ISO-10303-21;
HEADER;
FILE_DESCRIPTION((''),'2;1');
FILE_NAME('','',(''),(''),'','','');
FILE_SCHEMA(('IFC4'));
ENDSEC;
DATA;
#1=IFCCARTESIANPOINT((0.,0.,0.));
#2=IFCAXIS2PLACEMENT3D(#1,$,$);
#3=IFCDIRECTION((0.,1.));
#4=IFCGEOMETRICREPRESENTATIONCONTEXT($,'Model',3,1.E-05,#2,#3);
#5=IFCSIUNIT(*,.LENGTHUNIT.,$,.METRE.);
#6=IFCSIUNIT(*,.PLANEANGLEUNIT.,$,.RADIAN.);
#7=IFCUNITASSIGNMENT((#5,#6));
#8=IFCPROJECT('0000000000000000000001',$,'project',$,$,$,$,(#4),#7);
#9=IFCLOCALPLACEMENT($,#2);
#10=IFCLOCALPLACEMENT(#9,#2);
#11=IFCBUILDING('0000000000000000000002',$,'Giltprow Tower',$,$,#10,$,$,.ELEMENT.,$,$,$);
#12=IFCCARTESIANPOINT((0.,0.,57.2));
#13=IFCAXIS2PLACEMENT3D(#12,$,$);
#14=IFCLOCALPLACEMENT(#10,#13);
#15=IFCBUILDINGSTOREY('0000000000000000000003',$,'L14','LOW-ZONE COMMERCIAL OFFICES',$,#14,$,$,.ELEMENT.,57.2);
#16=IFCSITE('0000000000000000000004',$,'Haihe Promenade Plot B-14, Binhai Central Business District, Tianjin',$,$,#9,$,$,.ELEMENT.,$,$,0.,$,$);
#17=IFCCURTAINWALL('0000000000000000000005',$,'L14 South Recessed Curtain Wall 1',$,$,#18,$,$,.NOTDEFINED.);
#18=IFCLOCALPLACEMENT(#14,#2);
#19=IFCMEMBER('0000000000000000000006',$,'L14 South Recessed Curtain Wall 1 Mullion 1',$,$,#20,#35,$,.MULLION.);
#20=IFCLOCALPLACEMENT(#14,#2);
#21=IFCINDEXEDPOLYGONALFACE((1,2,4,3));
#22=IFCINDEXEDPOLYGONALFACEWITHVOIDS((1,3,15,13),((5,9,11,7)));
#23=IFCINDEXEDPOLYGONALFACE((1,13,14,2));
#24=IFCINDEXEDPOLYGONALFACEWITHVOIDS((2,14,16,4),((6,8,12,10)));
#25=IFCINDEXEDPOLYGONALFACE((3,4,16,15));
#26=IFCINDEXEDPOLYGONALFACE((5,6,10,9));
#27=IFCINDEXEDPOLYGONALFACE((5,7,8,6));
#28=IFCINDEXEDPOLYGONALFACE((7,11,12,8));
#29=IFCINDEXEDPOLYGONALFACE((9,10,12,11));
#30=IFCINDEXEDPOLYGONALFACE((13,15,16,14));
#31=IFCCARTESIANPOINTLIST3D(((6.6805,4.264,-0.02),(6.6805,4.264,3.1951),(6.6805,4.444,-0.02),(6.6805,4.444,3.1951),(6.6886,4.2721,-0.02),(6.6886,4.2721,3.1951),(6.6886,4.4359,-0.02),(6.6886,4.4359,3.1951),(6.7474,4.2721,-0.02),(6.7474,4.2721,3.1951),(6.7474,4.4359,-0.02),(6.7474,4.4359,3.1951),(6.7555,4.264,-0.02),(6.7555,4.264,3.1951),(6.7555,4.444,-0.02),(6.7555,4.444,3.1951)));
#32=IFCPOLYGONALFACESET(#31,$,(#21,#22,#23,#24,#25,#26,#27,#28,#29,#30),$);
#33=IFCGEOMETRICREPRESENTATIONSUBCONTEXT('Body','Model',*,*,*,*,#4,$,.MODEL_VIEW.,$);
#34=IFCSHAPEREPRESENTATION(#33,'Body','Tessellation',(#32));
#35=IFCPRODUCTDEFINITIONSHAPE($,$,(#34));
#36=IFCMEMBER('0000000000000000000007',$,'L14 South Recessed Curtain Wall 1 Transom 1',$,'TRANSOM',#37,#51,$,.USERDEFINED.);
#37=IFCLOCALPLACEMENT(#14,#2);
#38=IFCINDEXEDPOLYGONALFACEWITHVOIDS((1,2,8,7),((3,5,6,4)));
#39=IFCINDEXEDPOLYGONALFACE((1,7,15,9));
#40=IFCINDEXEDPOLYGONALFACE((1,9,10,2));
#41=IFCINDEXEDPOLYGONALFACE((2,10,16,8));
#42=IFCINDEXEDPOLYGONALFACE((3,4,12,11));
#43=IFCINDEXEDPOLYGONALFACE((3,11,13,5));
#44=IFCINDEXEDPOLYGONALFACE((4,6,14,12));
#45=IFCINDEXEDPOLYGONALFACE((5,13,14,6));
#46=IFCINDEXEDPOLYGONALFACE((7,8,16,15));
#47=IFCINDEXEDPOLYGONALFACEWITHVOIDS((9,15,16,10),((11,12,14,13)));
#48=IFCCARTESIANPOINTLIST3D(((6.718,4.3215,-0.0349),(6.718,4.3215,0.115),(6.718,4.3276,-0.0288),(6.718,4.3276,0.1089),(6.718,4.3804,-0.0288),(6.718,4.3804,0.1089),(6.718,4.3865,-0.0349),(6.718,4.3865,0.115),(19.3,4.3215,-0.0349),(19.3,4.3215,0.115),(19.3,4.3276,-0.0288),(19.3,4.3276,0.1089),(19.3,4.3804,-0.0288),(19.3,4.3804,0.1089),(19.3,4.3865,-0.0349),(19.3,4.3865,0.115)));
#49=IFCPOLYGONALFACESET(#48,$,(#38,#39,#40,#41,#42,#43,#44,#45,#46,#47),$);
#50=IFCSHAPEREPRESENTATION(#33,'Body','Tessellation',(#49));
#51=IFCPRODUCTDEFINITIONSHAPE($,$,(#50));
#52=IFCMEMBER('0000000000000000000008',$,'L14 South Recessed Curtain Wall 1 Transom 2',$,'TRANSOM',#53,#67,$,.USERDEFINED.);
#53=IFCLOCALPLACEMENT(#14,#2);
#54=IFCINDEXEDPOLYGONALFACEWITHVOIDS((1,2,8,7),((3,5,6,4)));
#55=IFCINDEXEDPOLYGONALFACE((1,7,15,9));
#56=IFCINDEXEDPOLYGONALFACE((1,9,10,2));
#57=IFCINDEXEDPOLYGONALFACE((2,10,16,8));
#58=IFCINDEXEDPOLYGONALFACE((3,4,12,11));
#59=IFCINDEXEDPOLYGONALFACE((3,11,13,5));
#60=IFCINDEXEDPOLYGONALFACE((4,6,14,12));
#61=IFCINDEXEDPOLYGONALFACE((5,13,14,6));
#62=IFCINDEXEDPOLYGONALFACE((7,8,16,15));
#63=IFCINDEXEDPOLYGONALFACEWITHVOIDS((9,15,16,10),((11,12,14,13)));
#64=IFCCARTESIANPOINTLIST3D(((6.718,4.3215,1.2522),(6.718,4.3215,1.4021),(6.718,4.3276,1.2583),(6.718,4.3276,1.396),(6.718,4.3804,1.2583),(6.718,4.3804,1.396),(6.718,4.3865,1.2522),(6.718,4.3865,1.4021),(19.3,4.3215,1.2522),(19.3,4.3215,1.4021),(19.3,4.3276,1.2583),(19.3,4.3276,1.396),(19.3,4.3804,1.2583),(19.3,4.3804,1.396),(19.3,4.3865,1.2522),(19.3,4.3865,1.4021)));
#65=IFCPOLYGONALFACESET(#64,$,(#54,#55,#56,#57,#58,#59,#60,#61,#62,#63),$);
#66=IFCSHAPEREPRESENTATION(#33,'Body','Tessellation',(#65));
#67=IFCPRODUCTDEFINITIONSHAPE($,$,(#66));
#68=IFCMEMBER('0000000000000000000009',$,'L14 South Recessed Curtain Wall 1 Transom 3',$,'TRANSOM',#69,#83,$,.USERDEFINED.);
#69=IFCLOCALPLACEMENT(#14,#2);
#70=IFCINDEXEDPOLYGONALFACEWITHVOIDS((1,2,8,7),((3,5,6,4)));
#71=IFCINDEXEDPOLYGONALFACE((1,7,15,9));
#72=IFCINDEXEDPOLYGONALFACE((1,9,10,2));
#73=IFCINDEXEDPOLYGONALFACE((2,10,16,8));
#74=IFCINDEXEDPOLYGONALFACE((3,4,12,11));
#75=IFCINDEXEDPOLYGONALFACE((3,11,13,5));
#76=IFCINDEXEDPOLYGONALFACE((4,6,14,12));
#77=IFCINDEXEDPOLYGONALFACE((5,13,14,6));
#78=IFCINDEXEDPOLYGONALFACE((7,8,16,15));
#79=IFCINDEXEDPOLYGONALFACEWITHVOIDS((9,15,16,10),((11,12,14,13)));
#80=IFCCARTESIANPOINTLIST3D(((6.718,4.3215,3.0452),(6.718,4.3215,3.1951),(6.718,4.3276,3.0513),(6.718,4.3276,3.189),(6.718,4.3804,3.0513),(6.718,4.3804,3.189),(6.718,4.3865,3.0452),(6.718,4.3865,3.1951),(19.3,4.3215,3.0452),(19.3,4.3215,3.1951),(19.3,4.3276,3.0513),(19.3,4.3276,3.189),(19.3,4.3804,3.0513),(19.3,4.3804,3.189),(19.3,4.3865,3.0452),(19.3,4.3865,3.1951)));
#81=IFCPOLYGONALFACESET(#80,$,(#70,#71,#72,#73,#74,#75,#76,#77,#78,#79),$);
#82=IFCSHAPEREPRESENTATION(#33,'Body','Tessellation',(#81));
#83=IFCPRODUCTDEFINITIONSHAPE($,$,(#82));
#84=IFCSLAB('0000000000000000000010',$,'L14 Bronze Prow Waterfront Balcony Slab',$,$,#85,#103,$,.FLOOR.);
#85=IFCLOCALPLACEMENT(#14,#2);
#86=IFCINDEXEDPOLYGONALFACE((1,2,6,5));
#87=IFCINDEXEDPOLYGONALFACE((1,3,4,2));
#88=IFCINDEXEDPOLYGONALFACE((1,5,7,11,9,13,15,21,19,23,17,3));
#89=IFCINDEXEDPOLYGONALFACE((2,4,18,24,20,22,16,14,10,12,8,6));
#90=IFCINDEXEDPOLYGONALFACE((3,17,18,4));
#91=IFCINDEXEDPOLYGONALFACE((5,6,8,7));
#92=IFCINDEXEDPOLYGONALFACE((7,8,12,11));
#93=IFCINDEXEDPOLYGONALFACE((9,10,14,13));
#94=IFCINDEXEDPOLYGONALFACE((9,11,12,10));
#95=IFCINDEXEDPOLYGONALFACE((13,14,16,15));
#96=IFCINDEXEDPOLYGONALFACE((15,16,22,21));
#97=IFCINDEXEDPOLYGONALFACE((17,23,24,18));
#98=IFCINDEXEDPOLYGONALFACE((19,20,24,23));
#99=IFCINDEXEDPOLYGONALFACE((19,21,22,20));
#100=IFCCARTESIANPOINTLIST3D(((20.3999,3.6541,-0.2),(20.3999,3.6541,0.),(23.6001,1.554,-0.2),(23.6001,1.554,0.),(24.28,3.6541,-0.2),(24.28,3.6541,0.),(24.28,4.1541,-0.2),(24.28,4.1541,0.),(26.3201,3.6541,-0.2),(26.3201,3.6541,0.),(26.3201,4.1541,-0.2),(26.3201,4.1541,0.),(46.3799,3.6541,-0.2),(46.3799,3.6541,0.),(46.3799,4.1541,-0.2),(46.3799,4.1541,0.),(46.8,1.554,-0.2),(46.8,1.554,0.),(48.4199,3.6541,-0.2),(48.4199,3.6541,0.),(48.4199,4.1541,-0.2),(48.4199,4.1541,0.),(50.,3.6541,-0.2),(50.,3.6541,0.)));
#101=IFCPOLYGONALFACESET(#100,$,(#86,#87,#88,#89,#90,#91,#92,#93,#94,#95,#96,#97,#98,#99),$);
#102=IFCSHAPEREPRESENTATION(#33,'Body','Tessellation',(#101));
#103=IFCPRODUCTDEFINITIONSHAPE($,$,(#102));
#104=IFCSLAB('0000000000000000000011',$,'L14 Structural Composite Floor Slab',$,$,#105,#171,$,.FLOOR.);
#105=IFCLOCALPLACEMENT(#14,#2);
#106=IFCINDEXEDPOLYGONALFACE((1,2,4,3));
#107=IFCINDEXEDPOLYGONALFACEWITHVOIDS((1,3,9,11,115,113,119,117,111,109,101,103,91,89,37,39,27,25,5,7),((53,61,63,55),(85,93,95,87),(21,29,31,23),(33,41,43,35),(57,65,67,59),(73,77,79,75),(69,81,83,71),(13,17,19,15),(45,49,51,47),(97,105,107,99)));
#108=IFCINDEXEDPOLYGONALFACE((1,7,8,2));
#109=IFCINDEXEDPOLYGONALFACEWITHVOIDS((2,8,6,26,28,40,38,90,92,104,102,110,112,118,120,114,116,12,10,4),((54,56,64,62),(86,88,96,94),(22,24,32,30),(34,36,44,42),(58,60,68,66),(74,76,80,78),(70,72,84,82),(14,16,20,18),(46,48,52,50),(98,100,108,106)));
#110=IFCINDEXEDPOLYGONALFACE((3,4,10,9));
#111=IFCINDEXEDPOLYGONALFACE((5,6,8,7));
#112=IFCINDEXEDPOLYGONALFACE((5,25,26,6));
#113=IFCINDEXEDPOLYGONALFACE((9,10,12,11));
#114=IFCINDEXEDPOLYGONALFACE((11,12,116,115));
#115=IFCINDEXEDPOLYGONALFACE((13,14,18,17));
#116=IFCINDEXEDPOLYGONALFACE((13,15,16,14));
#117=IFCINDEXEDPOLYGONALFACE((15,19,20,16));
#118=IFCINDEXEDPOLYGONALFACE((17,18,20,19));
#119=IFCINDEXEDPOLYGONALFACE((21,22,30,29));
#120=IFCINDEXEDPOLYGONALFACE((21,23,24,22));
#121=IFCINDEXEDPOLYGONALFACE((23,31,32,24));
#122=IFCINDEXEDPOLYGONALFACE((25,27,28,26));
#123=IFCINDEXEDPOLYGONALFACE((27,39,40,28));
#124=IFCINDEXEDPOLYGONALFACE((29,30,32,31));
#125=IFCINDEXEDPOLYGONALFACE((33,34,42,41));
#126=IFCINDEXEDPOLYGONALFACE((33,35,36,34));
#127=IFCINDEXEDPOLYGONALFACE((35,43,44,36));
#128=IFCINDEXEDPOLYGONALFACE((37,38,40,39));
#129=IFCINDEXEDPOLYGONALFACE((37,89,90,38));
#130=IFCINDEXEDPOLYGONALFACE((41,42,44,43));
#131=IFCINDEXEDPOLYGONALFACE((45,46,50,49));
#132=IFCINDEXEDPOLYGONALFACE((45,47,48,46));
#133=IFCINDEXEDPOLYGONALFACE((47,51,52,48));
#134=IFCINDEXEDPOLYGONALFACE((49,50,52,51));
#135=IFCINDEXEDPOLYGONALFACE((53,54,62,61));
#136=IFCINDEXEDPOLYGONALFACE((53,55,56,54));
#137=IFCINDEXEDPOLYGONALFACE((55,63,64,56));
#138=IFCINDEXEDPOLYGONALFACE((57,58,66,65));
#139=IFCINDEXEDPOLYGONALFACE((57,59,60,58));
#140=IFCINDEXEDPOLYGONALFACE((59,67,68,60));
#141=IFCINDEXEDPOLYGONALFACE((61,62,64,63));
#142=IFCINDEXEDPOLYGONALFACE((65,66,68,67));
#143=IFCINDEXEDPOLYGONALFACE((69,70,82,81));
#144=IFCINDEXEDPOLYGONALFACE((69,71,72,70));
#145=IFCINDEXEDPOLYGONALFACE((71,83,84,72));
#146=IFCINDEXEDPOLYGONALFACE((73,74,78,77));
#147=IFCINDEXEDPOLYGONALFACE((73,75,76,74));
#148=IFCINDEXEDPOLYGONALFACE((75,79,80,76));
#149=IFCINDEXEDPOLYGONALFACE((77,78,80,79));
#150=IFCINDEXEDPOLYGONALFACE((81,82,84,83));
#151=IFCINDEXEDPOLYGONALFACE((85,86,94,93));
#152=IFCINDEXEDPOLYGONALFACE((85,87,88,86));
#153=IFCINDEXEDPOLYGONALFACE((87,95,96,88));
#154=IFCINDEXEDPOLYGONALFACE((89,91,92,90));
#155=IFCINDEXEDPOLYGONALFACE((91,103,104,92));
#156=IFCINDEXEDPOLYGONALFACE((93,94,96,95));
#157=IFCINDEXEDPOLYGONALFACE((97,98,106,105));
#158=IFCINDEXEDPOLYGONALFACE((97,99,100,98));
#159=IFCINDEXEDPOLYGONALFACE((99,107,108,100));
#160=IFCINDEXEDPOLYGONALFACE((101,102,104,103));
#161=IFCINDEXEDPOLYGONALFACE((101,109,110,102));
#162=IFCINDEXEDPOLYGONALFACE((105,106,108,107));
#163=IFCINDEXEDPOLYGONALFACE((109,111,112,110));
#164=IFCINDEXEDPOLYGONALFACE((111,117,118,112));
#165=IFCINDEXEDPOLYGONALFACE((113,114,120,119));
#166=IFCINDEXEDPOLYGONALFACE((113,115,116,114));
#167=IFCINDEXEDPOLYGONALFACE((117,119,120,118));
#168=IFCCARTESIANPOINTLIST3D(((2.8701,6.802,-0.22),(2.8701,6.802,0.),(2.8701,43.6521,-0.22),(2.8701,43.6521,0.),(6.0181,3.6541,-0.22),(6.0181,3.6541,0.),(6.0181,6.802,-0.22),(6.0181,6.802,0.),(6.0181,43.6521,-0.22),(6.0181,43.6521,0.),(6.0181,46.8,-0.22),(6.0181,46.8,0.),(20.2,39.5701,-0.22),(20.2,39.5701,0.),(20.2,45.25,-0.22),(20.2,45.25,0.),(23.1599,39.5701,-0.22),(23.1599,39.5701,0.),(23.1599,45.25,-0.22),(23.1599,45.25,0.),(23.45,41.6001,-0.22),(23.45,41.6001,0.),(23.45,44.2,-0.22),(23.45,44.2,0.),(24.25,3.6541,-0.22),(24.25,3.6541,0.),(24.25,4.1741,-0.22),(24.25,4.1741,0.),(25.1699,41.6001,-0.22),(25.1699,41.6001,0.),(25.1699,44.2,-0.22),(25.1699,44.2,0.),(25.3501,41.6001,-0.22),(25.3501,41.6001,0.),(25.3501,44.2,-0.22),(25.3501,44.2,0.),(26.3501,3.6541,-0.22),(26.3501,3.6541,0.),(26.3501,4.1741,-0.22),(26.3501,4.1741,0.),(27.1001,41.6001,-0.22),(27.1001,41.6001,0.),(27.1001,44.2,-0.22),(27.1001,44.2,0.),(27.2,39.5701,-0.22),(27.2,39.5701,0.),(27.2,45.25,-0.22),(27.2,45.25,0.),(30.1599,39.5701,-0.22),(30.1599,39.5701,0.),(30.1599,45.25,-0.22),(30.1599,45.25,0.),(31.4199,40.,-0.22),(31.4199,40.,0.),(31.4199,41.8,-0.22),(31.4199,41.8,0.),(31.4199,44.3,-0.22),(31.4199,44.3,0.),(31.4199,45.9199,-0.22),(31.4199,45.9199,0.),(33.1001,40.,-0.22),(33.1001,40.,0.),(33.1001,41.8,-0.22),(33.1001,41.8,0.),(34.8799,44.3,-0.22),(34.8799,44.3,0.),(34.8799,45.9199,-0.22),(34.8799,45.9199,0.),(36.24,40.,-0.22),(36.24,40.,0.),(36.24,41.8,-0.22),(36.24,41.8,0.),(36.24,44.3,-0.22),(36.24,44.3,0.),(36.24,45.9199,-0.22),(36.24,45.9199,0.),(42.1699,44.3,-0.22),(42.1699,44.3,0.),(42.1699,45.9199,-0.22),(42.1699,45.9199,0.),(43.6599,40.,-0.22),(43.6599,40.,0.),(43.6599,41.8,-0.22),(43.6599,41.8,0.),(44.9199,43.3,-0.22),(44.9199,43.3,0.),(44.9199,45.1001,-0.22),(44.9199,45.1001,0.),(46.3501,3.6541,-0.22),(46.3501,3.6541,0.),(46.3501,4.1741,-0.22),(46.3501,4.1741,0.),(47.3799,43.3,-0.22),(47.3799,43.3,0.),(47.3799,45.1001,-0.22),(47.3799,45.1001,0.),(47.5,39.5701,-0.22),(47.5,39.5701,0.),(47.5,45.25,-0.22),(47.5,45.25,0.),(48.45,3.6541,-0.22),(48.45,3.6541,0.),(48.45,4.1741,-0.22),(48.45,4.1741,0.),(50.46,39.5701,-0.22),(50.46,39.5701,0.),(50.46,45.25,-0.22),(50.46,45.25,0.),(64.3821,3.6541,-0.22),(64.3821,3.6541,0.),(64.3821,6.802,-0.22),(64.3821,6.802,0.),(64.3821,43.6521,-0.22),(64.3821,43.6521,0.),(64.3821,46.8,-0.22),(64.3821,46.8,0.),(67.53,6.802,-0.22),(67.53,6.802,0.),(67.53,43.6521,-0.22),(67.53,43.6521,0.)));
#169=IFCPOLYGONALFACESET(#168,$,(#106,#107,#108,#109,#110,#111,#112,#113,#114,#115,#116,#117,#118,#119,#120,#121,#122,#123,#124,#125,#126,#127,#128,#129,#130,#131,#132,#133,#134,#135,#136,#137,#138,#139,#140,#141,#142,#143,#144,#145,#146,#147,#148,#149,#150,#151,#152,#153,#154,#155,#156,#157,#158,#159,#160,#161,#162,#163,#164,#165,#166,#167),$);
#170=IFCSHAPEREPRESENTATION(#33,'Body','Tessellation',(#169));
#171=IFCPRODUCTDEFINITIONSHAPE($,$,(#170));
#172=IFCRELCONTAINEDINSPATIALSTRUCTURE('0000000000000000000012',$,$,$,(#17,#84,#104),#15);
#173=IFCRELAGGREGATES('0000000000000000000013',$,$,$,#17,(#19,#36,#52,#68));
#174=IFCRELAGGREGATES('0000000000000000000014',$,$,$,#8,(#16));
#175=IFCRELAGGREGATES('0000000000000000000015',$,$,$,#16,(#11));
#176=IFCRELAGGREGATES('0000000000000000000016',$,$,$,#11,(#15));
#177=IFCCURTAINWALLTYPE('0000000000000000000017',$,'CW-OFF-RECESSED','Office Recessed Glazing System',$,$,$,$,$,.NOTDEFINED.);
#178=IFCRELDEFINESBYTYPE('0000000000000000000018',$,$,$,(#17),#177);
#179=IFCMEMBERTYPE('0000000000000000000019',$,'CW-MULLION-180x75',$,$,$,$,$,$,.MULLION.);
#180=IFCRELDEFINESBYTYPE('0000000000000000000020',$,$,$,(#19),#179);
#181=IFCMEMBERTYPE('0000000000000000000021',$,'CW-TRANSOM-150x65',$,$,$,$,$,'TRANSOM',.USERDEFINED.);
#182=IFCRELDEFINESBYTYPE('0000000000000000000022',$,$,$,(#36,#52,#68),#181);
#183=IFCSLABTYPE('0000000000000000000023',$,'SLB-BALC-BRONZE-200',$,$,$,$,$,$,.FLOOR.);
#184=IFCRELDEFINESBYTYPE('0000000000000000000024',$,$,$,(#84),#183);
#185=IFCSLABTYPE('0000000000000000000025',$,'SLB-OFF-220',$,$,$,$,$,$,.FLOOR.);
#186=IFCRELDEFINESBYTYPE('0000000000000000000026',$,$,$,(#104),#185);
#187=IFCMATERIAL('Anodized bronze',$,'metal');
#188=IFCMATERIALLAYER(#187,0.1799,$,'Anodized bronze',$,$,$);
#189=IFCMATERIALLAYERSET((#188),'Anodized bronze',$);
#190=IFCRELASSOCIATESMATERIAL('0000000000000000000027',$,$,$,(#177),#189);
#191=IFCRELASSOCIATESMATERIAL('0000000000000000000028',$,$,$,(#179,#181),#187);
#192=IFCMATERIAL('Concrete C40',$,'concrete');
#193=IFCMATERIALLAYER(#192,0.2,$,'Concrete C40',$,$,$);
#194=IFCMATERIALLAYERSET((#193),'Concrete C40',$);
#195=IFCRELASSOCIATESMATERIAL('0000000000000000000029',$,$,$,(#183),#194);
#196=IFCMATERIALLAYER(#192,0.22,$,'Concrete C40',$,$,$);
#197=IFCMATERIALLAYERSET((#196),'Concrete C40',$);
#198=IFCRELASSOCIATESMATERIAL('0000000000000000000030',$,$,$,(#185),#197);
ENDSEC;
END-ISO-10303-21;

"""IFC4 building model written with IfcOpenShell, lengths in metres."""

from ifc_helpers import new_model, si_unit, direction, frame, origin, origin_2d, place, context, subcontext, project, spatial, polyline, hollow_rectangle, outline, extrude, source, transform, mapped, material, layer, layer_set, material_profile, profile_set, type_object, element, aggregate, save


model = new_model("IFC4")

# Units and contexts
model_context = context("Model", 3, precision=1e-05, world=origin(), true_north=direction((0.0, 1.0)))
body_context = subcontext(model_context, "Body", "Model", "MODEL_VIEW")
ifc_project = project(units=[si_unit("LENGTHUNIT", "METRE"), si_unit("PLANEANGLEUNIT", "RADIAN")], contexts=[model_context])

# Site, building, storey
site_placement = place(None, origin())
site = spatial("IfcSite", under=ifc_project, at=site_placement, Name="Haihe Promenade Plot B-14, Binhai Central Business District, Tianjin", CompositionType="ELEMENT", RefElevation=0.0)
building_placement = place(site_placement, origin())
building = spatial("IfcBuilding", under=site, at=building_placement, Name="Giltprow Tower", CompositionType="ELEMENT")
storey_placement = place(building_placement, frame((0.0, 0.0, 57.2)))
storey = spatial("IfcBuildingStorey", under=building, at=storey_placement, Name="L14", Description="LOW-ZONE COMMERCIAL OFFICES", CompositionType="ELEMENT", Elevation=57.2)

# Curtain wall, members
ifc_material_1 = material(Name="Anodized bronze", Category="metal")
ifc_layer_1 = layer(ifc_material_1, 0.1799, Name="Anodized bronze")
ifc_layer_set_1 = layer_set([ifc_layer_1], Name="Anodized bronze")
curtain_wall_type = type_object("IfcCurtainWallType", Name="CW-OFF-RECESSED", Description="Office Recessed Glazing System", PredefinedType="NOTDEFINED", material=ifc_layer_set_1)
curtain_wall_placement = place(storey_placement, origin())
curtain_wall = element("IfcCurtainWall", 1, at=curtain_wall_placement, inside=storey, type_object=curtain_wall_type, Name="L14 South Recessed Curtain Wall 1", PredefinedType="NOTDEFINED")
ifc_material_profile_1 = material_profile(ifc_material_1, hollow_rectangle(XDim=0.075, YDim=0.1799, WallThickness=0.0081, at=origin_2d()), Name="RHS 180x75x8")
ifc_profile_set_1 = profile_set([ifc_material_profile_1], Name="Anodized bronze")
member_type_1 = type_object("IfcMemberType", Name="CW-MULLION-180x75", PredefinedType="MULLION", material=ifc_profile_set_1)
shared_shape_1 = source(origin(), body_context, "Body", "SweptSolid", [
    extrude(hollow_rectangle(XDim=0.075, YDim=0.1799, WallThickness=0.0081, at=origin_2d()), origin(), (0.0, 0.0, 1.0), 3.2151),
])
member_1_placement = place(storey_placement, frame((6.718, 4.354, -0.02), z_axis=(0.0, 0.0, 1.0), x_axis=(1.0, 0.0, 0.0)))
member_1 = element("IfcMember", 2, at=member_1_placement, type_object=member_type_1, Name="L14 South Recessed Curtain Wall 1 Mullion 1", PredefinedType="MULLION", context=body_context, shape_type="MappedRepresentation", body=[
    mapped(shared_shape_1, transform((0.0, 0.0, 0.0), x_axis=(1.0, 0.0, 0.0), y_axis=(0.0, 1.0, 0.0), z_axis=(0.0, 0.0, 1.0), scale=1.0)),
])
ifc_material_profile_2 = material_profile(ifc_material_1, hollow_rectangle(XDim=0.0649, YDim=0.1499, WallThickness=0.0061, at=origin_2d()), Name="RHS 150x65x6")
ifc_profile_set_2 = profile_set([ifc_material_profile_2], Name="Anodized bronze")
member_type_2 = type_object("IfcMemberType", Name="CW-TRANSOM-150x65", ElementType="TRANSOM", PredefinedType="USERDEFINED", material=ifc_profile_set_2)
shared_shape_2 = source(origin(), body_context, "Body", "SweptSolid", [
    extrude(hollow_rectangle(XDim=0.0649, YDim=0.1499, WallThickness=0.0061, at=origin_2d()), origin(), (0.0, 0.0, 1.0), 12.582),
])
member_2_placement = place(storey_placement, frame((6.718, 4.354, 0.04), z_axis=(1.0, 0.0, 0.0), x_axis=(0.0, 1.0, 0.0)))
member_2 = element("IfcMember", 3, at=member_2_placement, type_object=member_type_2, Name="L14 South Recessed Curtain Wall 1 Transom 1", ObjectType="TRANSOM", PredefinedType="USERDEFINED", context=body_context, shape_type="MappedRepresentation", body=[
    mapped(shared_shape_2, transform((0.0, 0.0, 0.0), x_axis=(1.0, 0.0, 0.0), y_axis=(0.0, 1.0, 0.0), z_axis=(0.0, 0.0, 1.0), scale=1.0)),
])
member_3_placement = place(storey_placement, frame((6.718, 4.354, 1.3271), z_axis=(1.0, 0.0, 0.0), x_axis=(0.0, 1.0, 0.0)))
member_3 = element("IfcMember", 4, at=member_3_placement, type_object=member_type_2, Name="L14 South Recessed Curtain Wall 1 Transom 2", ObjectType="TRANSOM", PredefinedType="USERDEFINED", context=body_context, shape_type="MappedRepresentation", body=[
    mapped(shared_shape_2, transform((0.0, 0.0, 0.0), x_axis=(1.0, 0.0, 0.0), y_axis=(0.0, 1.0, 0.0), z_axis=(0.0, 0.0, 1.0), scale=1.0)),
])
member_4_placement = place(storey_placement, frame((6.718, 4.354, 3.1201), z_axis=(1.0, 0.0, 0.0), x_axis=(0.0, 1.0, 0.0)))
member_4 = element("IfcMember", 5, at=member_4_placement, type_object=member_type_2, Name="L14 South Recessed Curtain Wall 1 Transom 3", ObjectType="TRANSOM", PredefinedType="USERDEFINED", context=body_context, shape_type="MappedRepresentation", body=[
    mapped(shared_shape_2, transform((0.0, 0.0, 0.0), x_axis=(1.0, 0.0, 0.0), y_axis=(0.0, 1.0, 0.0), z_axis=(0.0, 0.0, 1.0), scale=1.0)),
])

# Slabs
ifc_material_2 = material(Name="Concrete C40", Category="concrete")
ifc_layer_2 = layer(ifc_material_2, 0.2, Name="Concrete C40")
ifc_layer_set_2 = layer_set([ifc_layer_2], Name="Concrete C40")
slab_type_1 = type_object("IfcSlabType", Name="SLB-BALC-BRONZE-200", PredefinedType="FLOOR", material=ifc_layer_set_2)
slab_1_placement = place(storey_placement, frame((0.0, 0.0, -0.2)))
element("IfcSlab", 6, at=slab_1_placement, inside=storey, type_object=slab_type_1, Name="L14 Bronze Prow Waterfront Balcony Slab", PredefinedType="FLOOR", context=body_context, shape_type="SweptSolid", body=[
    extrude(outline(polyline([(50.0, 3.6541), (46.8, 1.554), (23.6001, 1.554), (20.3999, 3.6541), (24.28, 3.6541), (24.28, 4.1541), (26.3201, 4.1541), (26.3201, 3.6541), (46.3799, 3.6541), (46.3799, 4.1541), (48.4199, 4.1541), (48.4199, 3.6541), (50.0, 3.6541)])), origin(), (0.0, 0.0, 1.0), 0.2),
])
ifc_layer_3 = layer(ifc_material_2, 0.22, Name="Concrete C40")
ifc_layer_set_3 = layer_set([ifc_layer_3], Name="Concrete C40")
slab_type_2 = type_object("IfcSlabType", Name="SLB-OFF-220", PredefinedType="FLOOR", material=ifc_layer_set_3)
slab_2_placement = place(storey_placement, frame((0.0, 0.0, -0.22)))
element("IfcSlab", 7, at=slab_2_placement, inside=storey, type_object=slab_type_2, Name="L14 Structural Composite Floor Slab", PredefinedType="FLOOR", context=body_context, shape_type="SweptSolid", body=[
    extrude(outline(polyline([(6.0181, 3.6541), (6.0181, 6.802), (2.8701, 6.802), (2.8701, 43.6521), (6.0181, 43.6521), (6.0181, 46.8), (64.3821, 46.8), (64.3821, 43.6521), (67.53, 43.6521), (67.53, 6.802), (64.3821, 6.802), (64.3821, 3.6541), (48.45, 3.6541), (48.45, 4.1741), (46.3501, 4.1741), (46.3501, 3.6541), (26.3501, 3.6541), (26.3501, 4.1741), (24.25, 4.1741), (24.25, 3.6541), (6.0181, 3.6541)]), holes=[polyline([(33.1001, 41.8), (31.4199, 41.8), (31.4199, 40.0), (33.1001, 40.0), (33.1001, 41.8)]), polyline([(23.1599, 39.5701), (23.1599, 45.25), (20.2, 45.25), (20.2, 39.5701), (23.1599, 39.5701)]), polyline([(30.1599, 45.25), (27.2, 45.25), (27.2, 39.5701), (30.1599, 39.5701), (30.1599, 45.25)]), polyline([(25.1699, 41.6001), (25.1699, 44.2), (23.45, 44.2), (23.45, 41.6001), (25.1699, 41.6001)]), polyline([(27.1001, 41.6001), (27.1001, 44.2), (25.3501, 44.2), (25.3501, 41.6001), (27.1001, 41.6001)]), polyline([(43.6599, 40.0), (43.6599, 41.8), (36.24, 41.8), (36.24, 40.0), (43.6599, 40.0)]), polyline([(50.46, 39.5701), (50.46, 45.25), (47.5, 45.25), (47.5, 39.5701), (50.46, 39.5701)]), polyline([(47.3799, 45.1001), (44.9199, 45.1001), (44.9199, 43.3), (47.3799, 43.3), (47.3799, 45.1001)]), polyline([(34.8799, 44.3), (34.8799, 45.9199), (31.4199, 45.9199), (31.4199, 44.3), (34.8799, 44.3)]), polyline([(42.1699, 44.3), (42.1699, 45.9199), (36.24, 45.9199), (36.24, 44.3), (42.1699, 44.3)])]), origin(), (0.0, 0.0, 1.0), 0.22),
])

aggregate(curtain_wall, [member_1, member_2, member_3, member_4])

save(model, "model.ifc")
